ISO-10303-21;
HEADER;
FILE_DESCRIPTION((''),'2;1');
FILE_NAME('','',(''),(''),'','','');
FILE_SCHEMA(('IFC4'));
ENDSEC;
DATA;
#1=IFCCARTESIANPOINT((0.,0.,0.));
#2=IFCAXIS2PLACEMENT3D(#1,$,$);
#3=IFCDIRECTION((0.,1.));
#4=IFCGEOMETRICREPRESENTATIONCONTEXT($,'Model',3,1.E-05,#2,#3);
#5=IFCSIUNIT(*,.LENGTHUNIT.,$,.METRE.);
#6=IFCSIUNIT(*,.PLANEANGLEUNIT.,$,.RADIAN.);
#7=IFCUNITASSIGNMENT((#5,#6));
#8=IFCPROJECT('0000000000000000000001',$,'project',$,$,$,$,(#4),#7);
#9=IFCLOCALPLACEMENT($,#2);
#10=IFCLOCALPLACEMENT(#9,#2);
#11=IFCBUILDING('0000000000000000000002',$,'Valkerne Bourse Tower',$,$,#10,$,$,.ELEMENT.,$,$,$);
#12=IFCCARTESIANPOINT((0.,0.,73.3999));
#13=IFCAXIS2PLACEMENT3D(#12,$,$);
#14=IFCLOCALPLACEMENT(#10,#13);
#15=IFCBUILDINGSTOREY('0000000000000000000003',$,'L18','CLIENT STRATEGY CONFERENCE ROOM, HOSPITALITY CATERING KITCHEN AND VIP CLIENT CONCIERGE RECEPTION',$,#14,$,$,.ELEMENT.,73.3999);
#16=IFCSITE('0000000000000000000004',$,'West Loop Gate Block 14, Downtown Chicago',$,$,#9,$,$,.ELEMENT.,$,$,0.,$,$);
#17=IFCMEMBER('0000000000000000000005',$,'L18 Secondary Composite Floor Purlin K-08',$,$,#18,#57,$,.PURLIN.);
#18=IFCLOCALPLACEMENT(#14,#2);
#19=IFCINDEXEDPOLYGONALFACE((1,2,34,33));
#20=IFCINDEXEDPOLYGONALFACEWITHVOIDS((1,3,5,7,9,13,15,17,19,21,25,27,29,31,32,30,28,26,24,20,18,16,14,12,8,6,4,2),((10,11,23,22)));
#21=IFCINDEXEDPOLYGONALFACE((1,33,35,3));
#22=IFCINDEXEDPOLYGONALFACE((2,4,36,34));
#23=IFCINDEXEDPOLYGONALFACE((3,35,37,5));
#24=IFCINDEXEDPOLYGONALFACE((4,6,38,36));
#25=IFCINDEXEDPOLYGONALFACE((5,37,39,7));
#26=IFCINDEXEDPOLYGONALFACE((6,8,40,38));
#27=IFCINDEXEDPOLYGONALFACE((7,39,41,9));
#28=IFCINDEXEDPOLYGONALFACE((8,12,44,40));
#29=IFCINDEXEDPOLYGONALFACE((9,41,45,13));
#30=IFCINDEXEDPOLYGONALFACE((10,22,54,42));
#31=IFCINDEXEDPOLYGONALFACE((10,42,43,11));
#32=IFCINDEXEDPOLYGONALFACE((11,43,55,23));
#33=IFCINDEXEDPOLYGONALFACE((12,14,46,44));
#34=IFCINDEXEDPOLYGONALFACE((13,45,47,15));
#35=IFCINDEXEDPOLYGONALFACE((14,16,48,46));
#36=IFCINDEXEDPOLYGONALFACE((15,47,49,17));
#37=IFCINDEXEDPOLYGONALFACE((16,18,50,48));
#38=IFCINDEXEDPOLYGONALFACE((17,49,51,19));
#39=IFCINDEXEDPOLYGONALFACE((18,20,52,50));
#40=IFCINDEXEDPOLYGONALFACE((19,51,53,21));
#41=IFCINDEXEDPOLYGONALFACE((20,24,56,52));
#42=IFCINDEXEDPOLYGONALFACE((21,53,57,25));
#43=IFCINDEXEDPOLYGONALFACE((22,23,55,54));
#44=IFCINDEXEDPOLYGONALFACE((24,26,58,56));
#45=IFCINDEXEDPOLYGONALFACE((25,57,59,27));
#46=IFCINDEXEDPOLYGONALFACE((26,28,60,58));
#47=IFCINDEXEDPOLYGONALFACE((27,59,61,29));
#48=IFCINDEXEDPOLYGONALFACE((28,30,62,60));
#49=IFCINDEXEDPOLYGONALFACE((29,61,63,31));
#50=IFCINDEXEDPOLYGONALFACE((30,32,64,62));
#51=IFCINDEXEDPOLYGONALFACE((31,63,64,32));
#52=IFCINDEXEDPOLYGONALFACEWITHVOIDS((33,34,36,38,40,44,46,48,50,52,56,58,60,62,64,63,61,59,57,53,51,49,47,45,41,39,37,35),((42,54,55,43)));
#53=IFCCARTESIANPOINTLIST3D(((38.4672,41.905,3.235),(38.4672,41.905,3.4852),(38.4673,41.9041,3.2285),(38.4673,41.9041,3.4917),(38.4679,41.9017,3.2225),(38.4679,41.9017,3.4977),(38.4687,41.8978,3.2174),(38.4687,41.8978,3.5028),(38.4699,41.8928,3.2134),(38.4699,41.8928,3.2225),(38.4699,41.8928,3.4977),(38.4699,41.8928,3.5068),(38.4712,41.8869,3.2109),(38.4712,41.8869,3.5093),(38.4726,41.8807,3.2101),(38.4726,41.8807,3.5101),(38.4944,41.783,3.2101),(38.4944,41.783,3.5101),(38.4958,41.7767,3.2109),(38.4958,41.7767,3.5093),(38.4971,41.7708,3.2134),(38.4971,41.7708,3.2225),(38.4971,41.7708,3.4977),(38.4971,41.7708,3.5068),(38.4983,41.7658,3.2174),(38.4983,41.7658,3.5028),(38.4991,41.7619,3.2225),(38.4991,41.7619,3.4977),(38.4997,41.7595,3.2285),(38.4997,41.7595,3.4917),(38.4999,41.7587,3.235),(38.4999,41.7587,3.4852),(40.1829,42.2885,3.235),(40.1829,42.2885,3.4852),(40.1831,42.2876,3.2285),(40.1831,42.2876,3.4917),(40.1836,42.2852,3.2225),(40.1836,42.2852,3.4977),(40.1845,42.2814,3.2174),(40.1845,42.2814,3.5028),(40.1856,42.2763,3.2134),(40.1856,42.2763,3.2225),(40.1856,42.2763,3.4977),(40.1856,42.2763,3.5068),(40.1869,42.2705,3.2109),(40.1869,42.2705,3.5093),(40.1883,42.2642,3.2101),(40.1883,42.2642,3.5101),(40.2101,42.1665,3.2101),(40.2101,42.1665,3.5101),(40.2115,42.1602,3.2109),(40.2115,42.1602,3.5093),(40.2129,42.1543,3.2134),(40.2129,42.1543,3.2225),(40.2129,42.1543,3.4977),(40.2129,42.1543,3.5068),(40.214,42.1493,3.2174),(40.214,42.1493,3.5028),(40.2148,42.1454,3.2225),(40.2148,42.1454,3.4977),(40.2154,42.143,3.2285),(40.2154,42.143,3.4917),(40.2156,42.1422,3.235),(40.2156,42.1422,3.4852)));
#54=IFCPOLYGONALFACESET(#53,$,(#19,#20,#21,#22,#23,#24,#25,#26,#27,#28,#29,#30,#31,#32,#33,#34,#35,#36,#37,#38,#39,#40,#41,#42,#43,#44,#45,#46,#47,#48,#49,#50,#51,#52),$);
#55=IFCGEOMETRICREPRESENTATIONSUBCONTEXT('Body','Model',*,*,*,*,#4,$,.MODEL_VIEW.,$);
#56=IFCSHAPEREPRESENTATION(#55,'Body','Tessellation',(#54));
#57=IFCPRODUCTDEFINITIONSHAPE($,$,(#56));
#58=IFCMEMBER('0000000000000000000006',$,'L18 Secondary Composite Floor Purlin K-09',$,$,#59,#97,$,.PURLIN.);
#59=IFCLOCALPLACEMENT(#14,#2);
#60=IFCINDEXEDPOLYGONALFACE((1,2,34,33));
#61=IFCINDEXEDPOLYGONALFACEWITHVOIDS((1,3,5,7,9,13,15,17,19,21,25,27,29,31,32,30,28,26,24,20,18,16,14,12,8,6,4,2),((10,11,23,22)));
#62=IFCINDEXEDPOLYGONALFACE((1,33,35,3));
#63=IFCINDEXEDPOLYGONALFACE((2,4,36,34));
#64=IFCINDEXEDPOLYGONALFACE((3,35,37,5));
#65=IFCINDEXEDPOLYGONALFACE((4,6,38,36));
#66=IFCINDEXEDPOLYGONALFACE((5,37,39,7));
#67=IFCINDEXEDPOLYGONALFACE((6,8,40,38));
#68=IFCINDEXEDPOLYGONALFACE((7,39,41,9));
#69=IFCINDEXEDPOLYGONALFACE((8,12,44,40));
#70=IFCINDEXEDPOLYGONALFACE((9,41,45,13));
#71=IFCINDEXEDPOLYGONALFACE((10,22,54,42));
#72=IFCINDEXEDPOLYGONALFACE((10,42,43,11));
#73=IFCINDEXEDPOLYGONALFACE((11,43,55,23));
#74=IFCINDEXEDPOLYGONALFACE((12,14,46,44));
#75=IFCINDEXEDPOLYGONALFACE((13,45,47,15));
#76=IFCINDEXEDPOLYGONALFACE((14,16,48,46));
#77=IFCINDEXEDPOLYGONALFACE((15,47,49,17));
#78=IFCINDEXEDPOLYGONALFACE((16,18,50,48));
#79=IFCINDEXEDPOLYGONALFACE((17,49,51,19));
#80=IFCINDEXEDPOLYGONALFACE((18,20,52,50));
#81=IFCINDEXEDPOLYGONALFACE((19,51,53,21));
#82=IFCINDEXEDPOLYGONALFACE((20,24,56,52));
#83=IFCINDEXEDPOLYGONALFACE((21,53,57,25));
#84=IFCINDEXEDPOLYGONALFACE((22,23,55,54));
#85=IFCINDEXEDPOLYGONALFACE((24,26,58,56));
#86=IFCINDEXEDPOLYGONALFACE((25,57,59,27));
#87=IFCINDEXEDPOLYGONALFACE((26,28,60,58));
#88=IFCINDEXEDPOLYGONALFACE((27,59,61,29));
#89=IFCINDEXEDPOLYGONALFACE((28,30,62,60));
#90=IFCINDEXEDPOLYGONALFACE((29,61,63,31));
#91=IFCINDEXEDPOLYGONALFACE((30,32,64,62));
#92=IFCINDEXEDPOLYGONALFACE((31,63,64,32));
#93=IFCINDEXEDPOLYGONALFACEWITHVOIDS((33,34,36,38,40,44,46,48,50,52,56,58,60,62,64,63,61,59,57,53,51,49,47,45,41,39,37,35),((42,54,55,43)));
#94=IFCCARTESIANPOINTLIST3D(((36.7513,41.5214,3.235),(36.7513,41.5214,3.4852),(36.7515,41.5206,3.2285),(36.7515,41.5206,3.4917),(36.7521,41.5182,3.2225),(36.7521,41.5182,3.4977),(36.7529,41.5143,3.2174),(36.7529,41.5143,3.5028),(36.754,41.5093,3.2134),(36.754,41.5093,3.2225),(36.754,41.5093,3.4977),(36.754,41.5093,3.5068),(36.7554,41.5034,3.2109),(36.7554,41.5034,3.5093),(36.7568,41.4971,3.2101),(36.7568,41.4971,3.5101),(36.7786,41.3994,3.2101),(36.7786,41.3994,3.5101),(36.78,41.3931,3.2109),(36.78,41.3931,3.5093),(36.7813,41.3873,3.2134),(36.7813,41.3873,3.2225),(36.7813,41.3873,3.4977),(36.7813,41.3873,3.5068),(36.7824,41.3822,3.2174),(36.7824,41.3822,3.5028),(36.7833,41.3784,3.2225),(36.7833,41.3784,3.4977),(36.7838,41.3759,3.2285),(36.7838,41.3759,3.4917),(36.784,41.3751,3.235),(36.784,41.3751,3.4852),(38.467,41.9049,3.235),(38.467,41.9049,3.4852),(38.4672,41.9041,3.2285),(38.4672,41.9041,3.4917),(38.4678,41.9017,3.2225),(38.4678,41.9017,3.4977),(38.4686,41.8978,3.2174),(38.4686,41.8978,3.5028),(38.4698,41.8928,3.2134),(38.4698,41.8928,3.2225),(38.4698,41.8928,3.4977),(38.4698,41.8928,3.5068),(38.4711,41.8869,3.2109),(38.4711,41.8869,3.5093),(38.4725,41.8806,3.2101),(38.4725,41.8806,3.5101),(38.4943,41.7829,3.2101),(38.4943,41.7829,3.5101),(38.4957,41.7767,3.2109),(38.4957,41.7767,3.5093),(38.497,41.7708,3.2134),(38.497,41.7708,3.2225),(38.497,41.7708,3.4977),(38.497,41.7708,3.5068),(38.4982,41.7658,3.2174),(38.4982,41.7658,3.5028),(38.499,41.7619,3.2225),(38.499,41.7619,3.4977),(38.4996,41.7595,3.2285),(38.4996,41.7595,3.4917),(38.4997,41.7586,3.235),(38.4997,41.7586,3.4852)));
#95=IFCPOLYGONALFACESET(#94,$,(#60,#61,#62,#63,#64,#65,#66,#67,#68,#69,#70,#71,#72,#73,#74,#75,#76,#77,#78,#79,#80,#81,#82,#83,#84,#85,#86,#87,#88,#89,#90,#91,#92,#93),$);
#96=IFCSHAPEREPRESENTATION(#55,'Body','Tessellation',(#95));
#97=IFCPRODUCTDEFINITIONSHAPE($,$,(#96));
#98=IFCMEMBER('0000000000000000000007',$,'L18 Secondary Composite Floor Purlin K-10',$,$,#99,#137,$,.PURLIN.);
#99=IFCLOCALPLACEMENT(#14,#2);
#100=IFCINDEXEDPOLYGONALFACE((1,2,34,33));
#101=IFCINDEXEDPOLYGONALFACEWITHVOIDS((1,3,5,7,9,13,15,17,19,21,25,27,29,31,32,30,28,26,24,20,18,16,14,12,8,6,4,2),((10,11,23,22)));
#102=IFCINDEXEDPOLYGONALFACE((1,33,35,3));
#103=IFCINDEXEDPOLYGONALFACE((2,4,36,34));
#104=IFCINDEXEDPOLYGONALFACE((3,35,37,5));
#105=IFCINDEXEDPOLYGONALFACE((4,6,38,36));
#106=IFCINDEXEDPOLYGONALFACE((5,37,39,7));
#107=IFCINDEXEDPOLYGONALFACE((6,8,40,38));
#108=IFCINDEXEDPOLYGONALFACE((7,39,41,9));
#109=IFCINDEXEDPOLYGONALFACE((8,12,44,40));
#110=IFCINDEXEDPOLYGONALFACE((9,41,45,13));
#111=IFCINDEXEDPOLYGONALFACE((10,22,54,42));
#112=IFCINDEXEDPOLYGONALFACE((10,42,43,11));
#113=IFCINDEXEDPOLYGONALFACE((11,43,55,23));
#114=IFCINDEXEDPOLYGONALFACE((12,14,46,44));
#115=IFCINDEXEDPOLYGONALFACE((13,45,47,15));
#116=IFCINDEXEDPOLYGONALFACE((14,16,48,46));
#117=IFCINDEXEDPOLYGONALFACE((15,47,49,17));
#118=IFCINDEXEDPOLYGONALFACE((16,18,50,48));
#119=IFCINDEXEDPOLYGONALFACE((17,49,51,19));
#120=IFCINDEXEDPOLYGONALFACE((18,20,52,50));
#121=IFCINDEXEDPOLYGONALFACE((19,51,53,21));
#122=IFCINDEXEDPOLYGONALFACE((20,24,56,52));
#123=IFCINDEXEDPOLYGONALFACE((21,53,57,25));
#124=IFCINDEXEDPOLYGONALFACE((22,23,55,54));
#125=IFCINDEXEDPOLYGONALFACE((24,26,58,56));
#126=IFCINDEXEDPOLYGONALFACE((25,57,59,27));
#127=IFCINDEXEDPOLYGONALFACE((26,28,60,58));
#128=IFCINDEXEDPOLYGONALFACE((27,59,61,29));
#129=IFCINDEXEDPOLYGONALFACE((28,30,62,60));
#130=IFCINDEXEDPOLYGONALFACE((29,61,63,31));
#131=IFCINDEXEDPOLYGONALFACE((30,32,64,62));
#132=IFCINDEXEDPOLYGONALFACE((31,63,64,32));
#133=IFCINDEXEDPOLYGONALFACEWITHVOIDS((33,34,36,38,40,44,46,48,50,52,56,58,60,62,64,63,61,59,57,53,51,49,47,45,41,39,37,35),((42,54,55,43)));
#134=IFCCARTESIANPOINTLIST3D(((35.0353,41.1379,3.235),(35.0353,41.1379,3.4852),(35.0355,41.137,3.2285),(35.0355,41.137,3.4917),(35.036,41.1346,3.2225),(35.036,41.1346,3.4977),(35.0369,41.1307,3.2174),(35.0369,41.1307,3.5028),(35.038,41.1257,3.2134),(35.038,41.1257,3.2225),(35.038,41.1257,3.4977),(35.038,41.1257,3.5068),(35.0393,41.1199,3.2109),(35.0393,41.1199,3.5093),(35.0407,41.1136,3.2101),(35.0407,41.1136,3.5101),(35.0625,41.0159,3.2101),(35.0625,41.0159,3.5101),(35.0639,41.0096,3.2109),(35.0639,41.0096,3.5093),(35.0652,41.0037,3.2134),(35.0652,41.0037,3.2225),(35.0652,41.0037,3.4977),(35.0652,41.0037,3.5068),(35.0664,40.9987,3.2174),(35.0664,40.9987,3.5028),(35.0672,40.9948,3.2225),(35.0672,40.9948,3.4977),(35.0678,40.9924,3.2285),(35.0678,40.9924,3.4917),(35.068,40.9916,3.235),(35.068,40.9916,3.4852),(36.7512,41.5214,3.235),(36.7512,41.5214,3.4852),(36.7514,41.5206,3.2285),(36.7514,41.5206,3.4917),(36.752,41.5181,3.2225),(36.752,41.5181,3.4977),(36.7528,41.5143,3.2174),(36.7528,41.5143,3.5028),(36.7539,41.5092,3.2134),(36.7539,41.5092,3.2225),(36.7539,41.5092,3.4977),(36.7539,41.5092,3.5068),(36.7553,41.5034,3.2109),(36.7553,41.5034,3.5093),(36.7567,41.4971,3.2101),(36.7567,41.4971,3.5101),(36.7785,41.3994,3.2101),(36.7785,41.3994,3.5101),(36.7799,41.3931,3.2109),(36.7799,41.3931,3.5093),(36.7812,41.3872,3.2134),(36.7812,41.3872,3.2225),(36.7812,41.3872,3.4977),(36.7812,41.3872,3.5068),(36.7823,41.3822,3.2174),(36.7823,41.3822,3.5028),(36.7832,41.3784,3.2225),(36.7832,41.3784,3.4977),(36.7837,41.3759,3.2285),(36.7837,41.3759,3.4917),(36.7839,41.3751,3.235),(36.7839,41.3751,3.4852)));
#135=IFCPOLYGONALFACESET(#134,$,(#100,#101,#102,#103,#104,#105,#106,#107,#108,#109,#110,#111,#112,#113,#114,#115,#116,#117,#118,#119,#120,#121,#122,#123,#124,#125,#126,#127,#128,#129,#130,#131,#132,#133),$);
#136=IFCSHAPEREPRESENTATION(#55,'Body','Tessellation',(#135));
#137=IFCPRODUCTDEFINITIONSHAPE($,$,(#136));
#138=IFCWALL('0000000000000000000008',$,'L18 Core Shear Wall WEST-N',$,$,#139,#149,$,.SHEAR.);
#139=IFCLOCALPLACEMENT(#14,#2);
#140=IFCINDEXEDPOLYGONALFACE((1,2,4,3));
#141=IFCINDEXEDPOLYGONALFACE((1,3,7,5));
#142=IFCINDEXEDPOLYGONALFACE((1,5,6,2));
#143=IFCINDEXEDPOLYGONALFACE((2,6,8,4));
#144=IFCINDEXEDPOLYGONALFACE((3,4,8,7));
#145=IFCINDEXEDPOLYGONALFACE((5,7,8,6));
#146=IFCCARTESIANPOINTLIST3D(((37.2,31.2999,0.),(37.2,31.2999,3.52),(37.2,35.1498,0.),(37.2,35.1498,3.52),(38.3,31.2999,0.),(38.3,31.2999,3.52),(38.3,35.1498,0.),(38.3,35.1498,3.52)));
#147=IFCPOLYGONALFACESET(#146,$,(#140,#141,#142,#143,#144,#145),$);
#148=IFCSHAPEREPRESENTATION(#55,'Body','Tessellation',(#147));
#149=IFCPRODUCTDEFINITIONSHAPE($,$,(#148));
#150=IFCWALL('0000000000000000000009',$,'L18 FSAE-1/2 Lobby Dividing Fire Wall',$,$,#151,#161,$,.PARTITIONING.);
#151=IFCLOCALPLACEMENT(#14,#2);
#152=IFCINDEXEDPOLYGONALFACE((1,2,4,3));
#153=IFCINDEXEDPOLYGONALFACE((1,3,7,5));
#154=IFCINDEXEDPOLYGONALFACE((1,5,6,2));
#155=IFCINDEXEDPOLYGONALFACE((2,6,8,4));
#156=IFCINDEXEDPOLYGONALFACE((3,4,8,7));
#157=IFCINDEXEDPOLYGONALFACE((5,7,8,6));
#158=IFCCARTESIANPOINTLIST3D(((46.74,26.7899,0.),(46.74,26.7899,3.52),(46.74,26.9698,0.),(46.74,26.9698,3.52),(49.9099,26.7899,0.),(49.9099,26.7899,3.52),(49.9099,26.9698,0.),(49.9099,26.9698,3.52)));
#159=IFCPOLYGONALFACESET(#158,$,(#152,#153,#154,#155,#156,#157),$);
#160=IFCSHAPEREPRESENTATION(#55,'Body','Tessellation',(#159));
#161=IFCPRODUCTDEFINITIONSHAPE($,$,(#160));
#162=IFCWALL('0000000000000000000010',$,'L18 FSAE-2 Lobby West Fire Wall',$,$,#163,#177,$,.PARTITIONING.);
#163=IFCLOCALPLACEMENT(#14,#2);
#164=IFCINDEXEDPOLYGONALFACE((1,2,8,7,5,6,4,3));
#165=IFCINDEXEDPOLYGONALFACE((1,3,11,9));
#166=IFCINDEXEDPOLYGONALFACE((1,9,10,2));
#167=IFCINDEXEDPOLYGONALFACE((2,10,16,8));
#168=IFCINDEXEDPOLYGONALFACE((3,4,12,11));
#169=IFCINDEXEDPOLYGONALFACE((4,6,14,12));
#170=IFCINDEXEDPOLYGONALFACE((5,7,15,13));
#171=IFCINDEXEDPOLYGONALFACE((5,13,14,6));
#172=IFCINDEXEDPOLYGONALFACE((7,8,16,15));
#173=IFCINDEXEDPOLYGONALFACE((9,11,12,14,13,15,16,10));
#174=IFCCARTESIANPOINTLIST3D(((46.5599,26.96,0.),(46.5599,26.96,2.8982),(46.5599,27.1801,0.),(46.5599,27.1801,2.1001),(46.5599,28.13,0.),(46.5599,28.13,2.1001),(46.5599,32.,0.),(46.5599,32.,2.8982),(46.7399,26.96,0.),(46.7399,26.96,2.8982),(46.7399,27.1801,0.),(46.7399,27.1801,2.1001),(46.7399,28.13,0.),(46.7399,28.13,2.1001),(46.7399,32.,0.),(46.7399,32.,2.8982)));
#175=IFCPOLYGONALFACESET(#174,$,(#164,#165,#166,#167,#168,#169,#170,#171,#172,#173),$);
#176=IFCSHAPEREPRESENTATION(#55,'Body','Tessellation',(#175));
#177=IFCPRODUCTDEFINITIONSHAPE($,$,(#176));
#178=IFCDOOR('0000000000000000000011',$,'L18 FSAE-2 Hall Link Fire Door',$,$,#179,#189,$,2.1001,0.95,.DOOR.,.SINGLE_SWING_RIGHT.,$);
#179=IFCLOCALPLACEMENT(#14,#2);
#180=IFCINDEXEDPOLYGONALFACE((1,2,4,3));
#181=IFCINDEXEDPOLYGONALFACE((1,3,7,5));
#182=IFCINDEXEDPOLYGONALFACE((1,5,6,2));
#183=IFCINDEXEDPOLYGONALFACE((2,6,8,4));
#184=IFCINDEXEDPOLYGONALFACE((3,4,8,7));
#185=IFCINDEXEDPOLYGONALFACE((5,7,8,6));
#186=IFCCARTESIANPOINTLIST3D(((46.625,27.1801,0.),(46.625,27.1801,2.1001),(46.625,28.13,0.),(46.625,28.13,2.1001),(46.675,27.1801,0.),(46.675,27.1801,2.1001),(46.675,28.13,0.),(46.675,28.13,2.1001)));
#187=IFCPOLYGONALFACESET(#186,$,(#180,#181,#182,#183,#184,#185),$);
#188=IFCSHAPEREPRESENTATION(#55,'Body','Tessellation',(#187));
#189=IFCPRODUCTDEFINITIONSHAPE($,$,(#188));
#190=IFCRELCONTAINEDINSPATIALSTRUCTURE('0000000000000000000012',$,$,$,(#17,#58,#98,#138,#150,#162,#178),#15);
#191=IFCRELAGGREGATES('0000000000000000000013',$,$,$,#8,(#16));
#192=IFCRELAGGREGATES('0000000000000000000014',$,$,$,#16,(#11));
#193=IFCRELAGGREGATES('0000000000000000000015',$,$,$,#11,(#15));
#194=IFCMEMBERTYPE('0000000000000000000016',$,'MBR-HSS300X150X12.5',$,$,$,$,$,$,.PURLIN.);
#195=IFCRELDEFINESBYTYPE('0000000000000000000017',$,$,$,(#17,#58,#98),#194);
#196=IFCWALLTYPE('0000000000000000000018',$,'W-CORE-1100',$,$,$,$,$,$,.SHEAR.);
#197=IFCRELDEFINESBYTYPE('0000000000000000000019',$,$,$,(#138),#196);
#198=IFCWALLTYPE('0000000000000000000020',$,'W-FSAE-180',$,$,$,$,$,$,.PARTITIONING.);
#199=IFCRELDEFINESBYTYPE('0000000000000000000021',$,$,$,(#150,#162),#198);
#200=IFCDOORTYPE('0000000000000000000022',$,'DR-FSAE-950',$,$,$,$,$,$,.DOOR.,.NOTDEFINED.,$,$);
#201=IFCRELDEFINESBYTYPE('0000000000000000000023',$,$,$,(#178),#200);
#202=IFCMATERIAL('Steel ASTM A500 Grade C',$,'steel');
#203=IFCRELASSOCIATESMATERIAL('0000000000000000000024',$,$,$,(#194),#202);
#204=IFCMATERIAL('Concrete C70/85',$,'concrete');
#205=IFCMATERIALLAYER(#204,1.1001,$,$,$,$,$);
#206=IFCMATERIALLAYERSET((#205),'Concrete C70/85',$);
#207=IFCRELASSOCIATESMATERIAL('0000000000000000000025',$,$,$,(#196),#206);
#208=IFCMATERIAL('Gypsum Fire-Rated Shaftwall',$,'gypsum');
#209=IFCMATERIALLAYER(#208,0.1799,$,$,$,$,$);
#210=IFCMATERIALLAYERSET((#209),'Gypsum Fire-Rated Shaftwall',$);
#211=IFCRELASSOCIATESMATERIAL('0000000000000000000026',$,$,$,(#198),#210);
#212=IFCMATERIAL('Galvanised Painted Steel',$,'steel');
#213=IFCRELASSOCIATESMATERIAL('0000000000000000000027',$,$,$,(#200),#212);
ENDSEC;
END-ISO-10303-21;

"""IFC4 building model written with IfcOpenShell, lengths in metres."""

from ifc_helpers import new_model, si_unit, direction, frame, frame_2d, origin, origin_2d, place, context, subcontext, project, spatial, rectangle, hollow_rectangle, extrude, material, layer, layer_set, material_profile, profile_set, type_object, element, fill, save


model = new_model("IFC4")

# Units and contexts
model_context = context("Model", 3, precision=1e-05, world=origin(), true_north=direction((0.0, 1.0)))
body_context = subcontext(model_context, "Body", "Model", "MODEL_VIEW")
ifc_project = project(units=[si_unit("LENGTHUNIT", "METRE"), si_unit("PLANEANGLEUNIT", "RADIAN")], contexts=[model_context])

# Site, building, storey
site_placement = place(None, origin())
site = spatial("IfcSite", under=ifc_project, at=site_placement, Name="West Loop Gate Block 14, Downtown Chicago", CompositionType="ELEMENT", RefElevation=0.0)
building_placement = place(site_placement, origin())
building = spatial("IfcBuilding", under=site, at=building_placement, Name="Valkerne Bourse Tower", CompositionType="ELEMENT")
storey_placement = place(building_placement, frame((0.0, 0.0, 73.3999)))
storey = spatial("IfcBuildingStorey", under=building, at=storey_placement, Name="L18", Description="CLIENT STRATEGY CONFERENCE ROOM, HOSPITALITY CATERING KITCHEN AND VIP CLIENT CONCIERGE RECEPTION", CompositionType="ELEMENT", Elevation=73.3999)

# Members
ifc_material_1 = material(Name="Steel ASTM A500 Grade C", Category="steel")
ifc_material_profile_1 = material_profile(ifc_material_1, hollow_rectangle(XDim=0.1499, YDim=0.3, WallThickness=0.0125, OuterFilletRadius=0.0249, at=origin_2d()), Name="HSS300X150X12.5")
ifc_profile_set_1 = profile_set([ifc_material_profile_1], Name="Steel ASTM A500 Grade C")
member_type = type_object("IfcMemberType", Name="MBR-HSS300X150X12.5", PredefinedType="PURLIN", material=ifc_profile_set_1)
for number, where, z_axis, x_axis, name in (
    (1, (40.1992, 42.2153, 3.3601), (-0.975915, -0.218151, 0.0), (0.218151, -0.975915, 0.0), "L18 Secondary Composite Floor Purlin K-08"),
    (2, (38.4834, 41.8318, 3.3601), (-0.975915, -0.218151, 0.0), (0.218151, -0.975915, 0.0), "L18 Secondary Composite Floor Purlin K-09"),
):
    element("IfcMember", number, at=place(storey_placement, frame(where, z_axis=z_axis, x_axis=x_axis)), inside=storey, type_object=member_type, Name=name, PredefinedType="PURLIN", context=body_context, shape_type="SweptSolid", body=[
        extrude(hollow_rectangle(XDim=0.1499, YDim=0.3, WallThickness=0.0125, OuterFilletRadius=0.0249, at=origin_2d()), origin(), (0.0, 0.0, 1.0), 1.7581),
    ])
member_placement = place(storey_placement, frame((36.7676, 41.4482, 3.3601), z_axis=(-0.975922, -0.218121, 0.0), x_axis=(0.218121, -0.975922, 0.0)))
element("IfcMember", 3, at=member_placement, inside=storey, type_object=member_type, Name="L18 Secondary Composite Floor Purlin K-10", PredefinedType="PURLIN", context=body_context, shape_type="SweptSolid", body=[
    extrude(hollow_rectangle(XDim=0.1499, YDim=0.3, WallThickness=0.0125, OuterFilletRadius=0.0249, at=origin_2d()), origin(), (0.0, 0.0, 1.0), 1.7583),
])

# Shared definitions
ifc_material_2 = material(Name="Concrete C70/85", Category="concrete")
ifc_layer_1 = layer(ifc_material_2, 1.1001)
ifc_layer_set_1 = layer_set([ifc_layer_1], Name="Concrete C70/85")
wall_type_1 = type_object("IfcWallType", Name="W-CORE-1100", PredefinedType="SHEAR", material=ifc_layer_set_1)
ifc_material_3 = material(Name="Galvanised Painted Steel", Category="steel")

# Walls
wall_1_placement = place(storey_placement, frame((37.75, 31.3, 0.0), z_axis=(0.0, 0.0, 1.0), x_axis=(0.0, 1.0, 0.0)))
element("IfcWall", 4, at=wall_1_placement, inside=storey, type_object=wall_type_1, Name="L18 Core Shear Wall WEST-N", PredefinedType="SHEAR", context=body_context, shape_type="SweptSolid", body=[
    extrude(rectangle(XDim=3.8499, YDim=1.1001, at=frame_2d((1.9248, 0.0))), origin(), (0.0, 0.0, 1.0), 3.52),
])
ifc_material_4 = material(Name="Gypsum Fire-Rated Shaftwall", Category="gypsum")
ifc_layer_2 = layer(ifc_material_4, 0.1799)
ifc_layer_set_2 = layer_set([ifc_layer_2], Name="Gypsum Fire-Rated Shaftwall")
wall_type_2 = type_object("IfcWallType", Name="W-FSAE-180", PredefinedType="PARTITIONING", material=ifc_layer_set_2)
wall_2_placement = place(storey_placement, frame((46.74, 26.8799, 0.0), z_axis=(0.0, 0.0, 1.0), x_axis=(1.0, 0.0, 0.0)))
element("IfcWall", 5, at=wall_2_placement, inside=storey, type_object=wall_type_2, Name="L18 FSAE-1/2 Lobby Dividing Fire Wall", PredefinedType="PARTITIONING", context=body_context, shape_type="SweptSolid", body=[
    extrude(rectangle(XDim=3.1699, YDim=0.1799, at=frame_2d((1.585, 0.0))), origin(), (0.0, 0.0, 1.0), 3.52),
])

# Wall, opening, door
wall_3_placement = place(storey_placement, frame((46.6499, 26.96, 0.0), z_axis=(0.0, 0.0, 1.0), x_axis=(0.0, 1.0, 0.0)))
wall_3 = element("IfcWall", 6, at=wall_3_placement, inside=storey, type_object=wall_type_2, Name="L18 FSAE-2 Lobby West Fire Wall", PredefinedType="PARTITIONING", context=body_context, shape_type="SweptSolid", body=[
    extrude(rectangle(XDim=5.04, YDim=0.1799, at=frame_2d((2.52, 0.0))), origin(), (0.0, 0.0, 1.0), 2.8982),
])
opening_1_placement = place(wall_3_placement, frame((0.22, 0.0, 0.0)))
opening_1 = element("IfcOpeningElement", 7, at=opening_1_placement, cuts=wall_3, PredefinedType="OPENING", context=body_context, shape_type="SweptSolid", body=[
    extrude(rectangle(XDim=0.95, YDim=2.1001, at=frame_2d((0.4751, 1.05))), frame((0.0, 0.0999, 0.0), z_axis=(0.0, -1.0, 0.0), x_axis=(1.0, 0.0, 0.0)), (0.0, 0.0, 1.0), 0.2),
])
door_type_1 = type_object("IfcDoorType", Name="DR-FSAE-950", OperationType="NOTDEFINED", PredefinedType="DOOR", material=ifc_material_3)
door_1_placement = place(opening_1_placement, origin())
door_1 = element("IfcDoor", 8, at=door_1_placement, inside=storey, type_object=door_type_1, Name="L18 FSAE-2 Hall Link Fire Door", OperationType="SINGLE_SWING_RIGHT", OverallHeight=2.1001, OverallWidth=0.95, PredefinedType="DOOR", context=body_context, shape_type="SweptSolid", body=[
    extrude(rectangle(XDim=0.95, YDim=2.1001, at=frame_2d((0.4751, 1.05))), frame((0.0, 0.0249, 0.0), z_axis=(0.0, -1.0, 0.0), x_axis=(1.0, 0.0, 0.0)), (0.0, 0.0, 1.0), 0.05),
])
fill(opening_1, door_1)

save(model, "model.ifc")
